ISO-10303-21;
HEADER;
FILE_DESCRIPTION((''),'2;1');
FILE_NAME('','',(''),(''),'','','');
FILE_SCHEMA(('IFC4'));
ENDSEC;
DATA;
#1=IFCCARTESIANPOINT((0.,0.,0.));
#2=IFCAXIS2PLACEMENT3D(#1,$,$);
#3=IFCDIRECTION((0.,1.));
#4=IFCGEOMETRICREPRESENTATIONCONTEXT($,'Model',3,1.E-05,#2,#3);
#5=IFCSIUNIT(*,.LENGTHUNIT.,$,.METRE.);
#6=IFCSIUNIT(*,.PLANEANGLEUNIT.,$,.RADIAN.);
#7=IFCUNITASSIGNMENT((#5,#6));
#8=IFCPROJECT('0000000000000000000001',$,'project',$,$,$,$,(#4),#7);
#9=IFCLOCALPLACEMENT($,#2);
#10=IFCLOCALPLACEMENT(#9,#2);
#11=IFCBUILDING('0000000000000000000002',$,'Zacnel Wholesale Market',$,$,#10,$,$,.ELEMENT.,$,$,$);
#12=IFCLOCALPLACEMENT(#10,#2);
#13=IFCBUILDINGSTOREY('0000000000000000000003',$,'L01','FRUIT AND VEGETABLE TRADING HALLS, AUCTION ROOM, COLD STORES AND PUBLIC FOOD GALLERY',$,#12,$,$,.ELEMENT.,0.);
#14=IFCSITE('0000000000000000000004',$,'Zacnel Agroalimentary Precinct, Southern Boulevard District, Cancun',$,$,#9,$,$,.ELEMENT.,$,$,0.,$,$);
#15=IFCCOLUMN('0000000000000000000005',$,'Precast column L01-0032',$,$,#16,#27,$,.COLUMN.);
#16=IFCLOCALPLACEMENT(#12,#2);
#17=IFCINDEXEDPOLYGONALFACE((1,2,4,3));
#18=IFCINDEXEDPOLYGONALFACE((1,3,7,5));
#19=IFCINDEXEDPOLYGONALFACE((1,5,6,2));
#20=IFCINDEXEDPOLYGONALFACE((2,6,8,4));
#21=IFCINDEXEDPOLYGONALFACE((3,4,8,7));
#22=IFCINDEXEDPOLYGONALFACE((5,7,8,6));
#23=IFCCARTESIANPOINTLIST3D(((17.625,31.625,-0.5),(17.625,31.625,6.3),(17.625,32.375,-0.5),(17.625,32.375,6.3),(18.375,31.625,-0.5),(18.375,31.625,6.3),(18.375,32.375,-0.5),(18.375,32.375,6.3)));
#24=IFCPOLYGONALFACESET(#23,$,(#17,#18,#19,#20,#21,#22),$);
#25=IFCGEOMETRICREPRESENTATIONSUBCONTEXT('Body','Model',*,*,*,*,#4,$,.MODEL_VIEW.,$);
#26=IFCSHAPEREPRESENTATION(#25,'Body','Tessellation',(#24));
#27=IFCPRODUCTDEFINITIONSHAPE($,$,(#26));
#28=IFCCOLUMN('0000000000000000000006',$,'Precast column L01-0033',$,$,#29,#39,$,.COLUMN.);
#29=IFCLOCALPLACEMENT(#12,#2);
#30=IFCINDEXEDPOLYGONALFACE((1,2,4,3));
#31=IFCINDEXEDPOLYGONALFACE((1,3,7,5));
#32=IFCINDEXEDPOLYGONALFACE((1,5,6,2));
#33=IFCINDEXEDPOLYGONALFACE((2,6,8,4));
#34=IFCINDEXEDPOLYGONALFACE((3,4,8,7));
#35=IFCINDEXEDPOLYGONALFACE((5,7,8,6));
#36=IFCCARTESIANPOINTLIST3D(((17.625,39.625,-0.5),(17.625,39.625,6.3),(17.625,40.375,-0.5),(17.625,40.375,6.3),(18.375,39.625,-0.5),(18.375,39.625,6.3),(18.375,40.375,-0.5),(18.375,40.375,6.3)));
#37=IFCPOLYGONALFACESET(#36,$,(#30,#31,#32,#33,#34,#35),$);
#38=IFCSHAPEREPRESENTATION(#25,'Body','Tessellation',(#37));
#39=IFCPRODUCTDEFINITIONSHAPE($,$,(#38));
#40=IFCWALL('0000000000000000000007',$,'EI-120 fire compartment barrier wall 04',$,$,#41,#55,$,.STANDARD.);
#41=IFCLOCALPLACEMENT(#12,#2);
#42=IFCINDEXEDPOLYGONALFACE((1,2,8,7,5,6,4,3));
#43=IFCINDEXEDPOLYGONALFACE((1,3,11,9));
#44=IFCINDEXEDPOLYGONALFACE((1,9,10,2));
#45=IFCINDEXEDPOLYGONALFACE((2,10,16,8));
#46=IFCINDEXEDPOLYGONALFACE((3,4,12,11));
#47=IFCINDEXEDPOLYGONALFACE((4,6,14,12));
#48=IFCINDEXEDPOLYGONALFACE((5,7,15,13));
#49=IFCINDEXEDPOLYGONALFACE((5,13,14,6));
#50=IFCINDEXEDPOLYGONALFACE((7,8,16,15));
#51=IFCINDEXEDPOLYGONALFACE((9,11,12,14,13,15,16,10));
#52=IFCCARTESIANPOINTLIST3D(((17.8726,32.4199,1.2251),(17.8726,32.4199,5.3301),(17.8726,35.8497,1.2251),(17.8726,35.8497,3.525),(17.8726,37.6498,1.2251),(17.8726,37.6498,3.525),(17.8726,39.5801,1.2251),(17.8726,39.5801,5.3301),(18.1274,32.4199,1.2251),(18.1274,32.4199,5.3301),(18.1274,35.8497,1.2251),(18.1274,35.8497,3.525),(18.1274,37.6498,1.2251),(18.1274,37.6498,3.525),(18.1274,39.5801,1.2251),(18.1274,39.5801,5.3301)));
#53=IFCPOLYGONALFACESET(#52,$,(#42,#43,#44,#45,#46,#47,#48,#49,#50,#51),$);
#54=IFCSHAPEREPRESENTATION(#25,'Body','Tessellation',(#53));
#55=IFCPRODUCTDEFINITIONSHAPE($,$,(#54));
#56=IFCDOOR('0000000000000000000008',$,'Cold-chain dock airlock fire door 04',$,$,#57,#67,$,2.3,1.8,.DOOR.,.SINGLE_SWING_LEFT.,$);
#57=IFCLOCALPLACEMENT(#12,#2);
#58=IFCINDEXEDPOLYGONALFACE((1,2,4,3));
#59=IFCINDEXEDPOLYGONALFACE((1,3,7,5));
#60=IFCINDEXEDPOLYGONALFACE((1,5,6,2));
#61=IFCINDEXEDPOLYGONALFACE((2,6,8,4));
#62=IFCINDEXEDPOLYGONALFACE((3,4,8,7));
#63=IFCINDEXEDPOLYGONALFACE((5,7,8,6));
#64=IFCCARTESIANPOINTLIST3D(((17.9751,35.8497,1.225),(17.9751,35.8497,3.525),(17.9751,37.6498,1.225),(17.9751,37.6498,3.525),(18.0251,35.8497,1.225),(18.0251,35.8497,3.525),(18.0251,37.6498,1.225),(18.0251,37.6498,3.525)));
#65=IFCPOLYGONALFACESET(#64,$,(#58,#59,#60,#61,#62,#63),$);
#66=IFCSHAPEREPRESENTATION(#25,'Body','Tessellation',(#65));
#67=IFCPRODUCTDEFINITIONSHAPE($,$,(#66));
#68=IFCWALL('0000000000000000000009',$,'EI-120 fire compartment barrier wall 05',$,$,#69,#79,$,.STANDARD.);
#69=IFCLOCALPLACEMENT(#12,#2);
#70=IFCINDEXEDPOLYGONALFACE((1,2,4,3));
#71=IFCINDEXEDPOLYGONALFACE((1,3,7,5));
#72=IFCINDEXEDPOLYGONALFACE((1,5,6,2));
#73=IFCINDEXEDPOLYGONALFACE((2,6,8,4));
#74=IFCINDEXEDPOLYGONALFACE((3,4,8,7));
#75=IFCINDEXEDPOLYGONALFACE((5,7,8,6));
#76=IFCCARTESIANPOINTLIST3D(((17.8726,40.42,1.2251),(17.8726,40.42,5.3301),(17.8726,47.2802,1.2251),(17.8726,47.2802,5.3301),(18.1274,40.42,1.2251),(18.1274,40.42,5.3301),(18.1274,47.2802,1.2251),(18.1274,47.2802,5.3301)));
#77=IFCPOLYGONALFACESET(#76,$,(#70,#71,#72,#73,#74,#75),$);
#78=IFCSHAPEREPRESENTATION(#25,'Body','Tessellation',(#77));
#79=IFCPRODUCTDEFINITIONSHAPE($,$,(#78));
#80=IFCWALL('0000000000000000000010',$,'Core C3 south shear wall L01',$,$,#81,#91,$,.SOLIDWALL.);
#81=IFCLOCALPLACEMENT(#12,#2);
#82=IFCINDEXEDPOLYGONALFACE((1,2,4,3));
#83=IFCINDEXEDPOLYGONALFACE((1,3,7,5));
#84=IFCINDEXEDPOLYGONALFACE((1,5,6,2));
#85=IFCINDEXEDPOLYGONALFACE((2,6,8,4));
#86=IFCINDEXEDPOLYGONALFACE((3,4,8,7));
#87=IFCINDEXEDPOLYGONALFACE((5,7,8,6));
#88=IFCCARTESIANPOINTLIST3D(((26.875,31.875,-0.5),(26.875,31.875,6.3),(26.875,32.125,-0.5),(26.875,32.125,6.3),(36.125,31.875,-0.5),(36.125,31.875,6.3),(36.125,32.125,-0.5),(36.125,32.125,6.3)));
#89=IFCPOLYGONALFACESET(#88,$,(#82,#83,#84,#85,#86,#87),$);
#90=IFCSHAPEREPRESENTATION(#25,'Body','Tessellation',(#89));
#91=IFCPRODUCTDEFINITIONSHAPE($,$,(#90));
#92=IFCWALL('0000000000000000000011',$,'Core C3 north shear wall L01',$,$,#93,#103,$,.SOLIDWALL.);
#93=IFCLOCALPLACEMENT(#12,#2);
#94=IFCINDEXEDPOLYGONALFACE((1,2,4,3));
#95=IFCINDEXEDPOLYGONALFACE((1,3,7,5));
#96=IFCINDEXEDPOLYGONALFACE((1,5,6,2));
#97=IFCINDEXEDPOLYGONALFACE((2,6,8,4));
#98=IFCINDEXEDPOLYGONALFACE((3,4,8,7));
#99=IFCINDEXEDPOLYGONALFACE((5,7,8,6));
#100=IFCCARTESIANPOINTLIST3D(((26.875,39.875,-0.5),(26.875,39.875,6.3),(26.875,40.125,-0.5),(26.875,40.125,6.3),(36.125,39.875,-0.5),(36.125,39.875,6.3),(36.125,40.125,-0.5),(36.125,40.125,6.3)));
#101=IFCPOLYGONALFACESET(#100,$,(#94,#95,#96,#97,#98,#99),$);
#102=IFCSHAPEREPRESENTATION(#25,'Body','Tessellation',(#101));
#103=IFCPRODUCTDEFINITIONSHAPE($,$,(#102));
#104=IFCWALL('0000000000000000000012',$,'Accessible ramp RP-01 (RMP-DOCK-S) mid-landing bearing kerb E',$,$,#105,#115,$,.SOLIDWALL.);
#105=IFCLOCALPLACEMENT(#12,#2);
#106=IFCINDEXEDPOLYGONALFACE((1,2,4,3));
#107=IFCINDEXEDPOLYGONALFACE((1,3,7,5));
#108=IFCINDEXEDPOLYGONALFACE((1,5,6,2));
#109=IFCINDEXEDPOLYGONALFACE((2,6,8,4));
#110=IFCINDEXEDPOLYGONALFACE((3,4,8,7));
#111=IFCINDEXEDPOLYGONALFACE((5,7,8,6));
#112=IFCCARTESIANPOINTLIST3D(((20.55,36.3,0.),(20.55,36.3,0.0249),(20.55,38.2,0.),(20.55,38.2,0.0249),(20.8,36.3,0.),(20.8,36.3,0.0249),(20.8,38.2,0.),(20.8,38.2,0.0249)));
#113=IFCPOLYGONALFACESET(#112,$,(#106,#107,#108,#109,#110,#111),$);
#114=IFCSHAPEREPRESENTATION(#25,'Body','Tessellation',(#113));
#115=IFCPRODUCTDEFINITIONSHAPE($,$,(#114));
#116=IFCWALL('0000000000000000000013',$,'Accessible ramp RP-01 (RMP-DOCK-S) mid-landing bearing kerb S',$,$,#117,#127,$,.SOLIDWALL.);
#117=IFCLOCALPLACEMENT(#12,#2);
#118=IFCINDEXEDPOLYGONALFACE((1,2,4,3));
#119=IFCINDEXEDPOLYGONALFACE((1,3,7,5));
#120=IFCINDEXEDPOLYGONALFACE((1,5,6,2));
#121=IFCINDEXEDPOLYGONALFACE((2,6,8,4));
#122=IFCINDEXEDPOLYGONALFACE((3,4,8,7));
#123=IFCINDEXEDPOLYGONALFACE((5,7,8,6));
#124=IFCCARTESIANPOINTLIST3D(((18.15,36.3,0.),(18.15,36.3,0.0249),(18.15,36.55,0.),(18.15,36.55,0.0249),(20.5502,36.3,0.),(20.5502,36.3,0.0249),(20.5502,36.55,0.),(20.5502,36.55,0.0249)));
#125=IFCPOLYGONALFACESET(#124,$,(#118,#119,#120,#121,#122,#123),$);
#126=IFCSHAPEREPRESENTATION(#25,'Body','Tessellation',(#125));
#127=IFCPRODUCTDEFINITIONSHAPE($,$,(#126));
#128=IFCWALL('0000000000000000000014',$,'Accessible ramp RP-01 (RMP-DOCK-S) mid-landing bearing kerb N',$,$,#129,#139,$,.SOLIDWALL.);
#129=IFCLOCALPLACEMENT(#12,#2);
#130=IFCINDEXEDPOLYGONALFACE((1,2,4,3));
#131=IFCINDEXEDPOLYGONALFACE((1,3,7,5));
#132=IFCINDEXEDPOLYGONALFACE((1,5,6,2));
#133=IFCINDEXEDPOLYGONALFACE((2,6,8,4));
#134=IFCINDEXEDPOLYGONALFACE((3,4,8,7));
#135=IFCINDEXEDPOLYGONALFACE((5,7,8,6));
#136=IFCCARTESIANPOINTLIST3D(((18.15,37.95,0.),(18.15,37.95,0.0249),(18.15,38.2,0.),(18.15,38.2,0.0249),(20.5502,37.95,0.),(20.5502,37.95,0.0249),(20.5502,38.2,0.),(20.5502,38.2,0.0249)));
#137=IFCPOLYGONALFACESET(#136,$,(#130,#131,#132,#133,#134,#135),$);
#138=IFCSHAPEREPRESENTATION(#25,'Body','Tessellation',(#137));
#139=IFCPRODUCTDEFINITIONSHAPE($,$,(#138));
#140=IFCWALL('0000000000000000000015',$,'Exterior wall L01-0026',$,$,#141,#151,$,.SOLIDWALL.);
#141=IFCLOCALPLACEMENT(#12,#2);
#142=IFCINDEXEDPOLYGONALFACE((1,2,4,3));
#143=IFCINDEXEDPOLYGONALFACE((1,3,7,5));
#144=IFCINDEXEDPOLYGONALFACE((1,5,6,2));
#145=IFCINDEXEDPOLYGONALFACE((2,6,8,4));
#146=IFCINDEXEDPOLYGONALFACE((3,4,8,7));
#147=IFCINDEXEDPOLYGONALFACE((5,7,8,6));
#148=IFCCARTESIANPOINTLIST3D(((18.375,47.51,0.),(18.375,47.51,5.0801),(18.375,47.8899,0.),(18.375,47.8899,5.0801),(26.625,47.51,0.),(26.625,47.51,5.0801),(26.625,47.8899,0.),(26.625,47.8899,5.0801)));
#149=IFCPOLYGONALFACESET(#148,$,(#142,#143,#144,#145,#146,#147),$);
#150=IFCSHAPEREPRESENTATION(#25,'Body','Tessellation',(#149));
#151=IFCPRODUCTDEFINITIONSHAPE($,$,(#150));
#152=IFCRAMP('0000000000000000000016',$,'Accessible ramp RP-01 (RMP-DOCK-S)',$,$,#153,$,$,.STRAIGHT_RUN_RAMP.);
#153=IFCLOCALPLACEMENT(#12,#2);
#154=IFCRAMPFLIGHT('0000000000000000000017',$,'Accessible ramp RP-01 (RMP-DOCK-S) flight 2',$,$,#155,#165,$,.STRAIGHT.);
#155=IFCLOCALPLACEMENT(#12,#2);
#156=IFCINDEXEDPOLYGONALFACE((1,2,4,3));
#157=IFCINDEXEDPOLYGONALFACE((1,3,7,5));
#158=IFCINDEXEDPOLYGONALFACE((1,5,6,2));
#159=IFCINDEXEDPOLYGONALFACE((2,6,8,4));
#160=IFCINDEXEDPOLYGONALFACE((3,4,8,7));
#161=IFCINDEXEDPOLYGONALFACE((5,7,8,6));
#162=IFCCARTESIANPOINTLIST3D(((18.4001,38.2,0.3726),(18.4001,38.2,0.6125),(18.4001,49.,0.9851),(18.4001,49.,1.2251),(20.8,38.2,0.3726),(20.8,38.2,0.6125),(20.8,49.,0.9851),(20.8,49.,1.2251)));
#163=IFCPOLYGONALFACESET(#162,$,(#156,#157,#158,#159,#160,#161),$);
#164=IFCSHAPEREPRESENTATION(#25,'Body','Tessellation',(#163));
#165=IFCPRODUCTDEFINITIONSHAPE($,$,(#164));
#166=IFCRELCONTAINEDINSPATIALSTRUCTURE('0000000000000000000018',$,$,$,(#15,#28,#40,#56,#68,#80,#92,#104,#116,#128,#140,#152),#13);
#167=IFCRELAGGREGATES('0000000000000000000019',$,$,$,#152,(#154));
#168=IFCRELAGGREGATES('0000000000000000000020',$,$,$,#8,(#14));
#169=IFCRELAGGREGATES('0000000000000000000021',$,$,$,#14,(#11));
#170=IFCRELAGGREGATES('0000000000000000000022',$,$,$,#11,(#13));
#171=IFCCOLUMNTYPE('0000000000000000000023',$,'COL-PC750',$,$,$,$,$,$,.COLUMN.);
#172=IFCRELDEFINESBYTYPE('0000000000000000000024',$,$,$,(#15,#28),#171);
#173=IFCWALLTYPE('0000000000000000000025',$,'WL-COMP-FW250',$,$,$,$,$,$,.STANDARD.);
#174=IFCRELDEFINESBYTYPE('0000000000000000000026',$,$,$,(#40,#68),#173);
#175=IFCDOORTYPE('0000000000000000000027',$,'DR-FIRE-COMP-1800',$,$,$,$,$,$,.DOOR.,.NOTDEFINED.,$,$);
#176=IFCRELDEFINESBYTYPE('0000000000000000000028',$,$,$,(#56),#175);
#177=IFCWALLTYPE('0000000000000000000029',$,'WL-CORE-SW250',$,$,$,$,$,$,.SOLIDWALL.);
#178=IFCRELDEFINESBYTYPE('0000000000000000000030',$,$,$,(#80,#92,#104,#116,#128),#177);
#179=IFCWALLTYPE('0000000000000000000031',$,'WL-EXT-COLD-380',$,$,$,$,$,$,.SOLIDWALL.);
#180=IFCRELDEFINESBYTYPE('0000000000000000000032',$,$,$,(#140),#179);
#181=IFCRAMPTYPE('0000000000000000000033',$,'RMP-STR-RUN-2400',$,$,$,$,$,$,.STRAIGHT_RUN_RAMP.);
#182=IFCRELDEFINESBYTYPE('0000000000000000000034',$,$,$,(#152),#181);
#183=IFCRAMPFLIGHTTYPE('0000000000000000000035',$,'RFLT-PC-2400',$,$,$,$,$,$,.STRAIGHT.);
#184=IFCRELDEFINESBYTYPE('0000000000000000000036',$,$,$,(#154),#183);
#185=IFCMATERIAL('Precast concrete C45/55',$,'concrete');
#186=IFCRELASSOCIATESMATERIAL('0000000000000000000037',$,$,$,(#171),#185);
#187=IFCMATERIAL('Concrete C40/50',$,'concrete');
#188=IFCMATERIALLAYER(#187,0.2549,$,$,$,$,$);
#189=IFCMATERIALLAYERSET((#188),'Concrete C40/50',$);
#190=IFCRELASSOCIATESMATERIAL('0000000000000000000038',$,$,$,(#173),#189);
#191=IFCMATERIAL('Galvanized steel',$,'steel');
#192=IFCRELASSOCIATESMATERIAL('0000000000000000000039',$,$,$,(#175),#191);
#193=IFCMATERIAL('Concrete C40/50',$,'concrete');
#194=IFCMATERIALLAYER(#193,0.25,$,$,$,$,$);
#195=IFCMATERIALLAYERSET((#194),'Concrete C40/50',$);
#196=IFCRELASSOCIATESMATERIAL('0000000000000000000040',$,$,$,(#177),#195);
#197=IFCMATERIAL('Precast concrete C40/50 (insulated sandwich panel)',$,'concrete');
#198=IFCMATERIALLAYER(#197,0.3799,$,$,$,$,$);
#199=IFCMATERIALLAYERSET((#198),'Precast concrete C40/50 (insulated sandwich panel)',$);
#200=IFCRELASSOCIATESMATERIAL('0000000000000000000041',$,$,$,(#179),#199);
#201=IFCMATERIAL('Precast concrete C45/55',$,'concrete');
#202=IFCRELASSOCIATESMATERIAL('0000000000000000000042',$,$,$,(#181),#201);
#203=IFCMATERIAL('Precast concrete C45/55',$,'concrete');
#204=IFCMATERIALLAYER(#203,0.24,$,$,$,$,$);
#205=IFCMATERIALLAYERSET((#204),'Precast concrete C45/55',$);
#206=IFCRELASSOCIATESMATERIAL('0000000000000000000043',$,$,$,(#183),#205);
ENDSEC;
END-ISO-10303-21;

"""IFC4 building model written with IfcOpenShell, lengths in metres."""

from ifc_helpers import new_model, si_unit, direction, frame, frame_2d, origin, origin_2d, place, context, subcontext, project, spatial, polyline, rectangle, outline, extrude, material, layer, layer_set, material_profile, profile_set, type_object, element, fill, aggregate, save


model = new_model("IFC4")

# Units and contexts
model_context = context("Model", 3, precision=1e-05, world=origin(), true_north=direction((0.0, 1.0)))
body_context = subcontext(model_context, "Body", "Model", "MODEL_VIEW")
ifc_project = project(units=[si_unit("LENGTHUNIT", "METRE"), si_unit("PLANEANGLEUNIT", "RADIAN")], contexts=[model_context])

# Site, building, storey
site_placement = place(None, origin())
site = spatial("IfcSite", under=ifc_project, at=site_placement, Name="Zacnel Agroalimentary Precinct, Southern Boulevard District, Cancun", CompositionType="ELEMENT", RefElevation=0.0)
building_placement = place(site_placement, origin())
building = spatial("IfcBuilding", under=site, at=building_placement, Name="Zacnel Wholesale Market", CompositionType="ELEMENT")
storey_placement = place(building_placement, origin())
storey = spatial("IfcBuildingStorey", under=building, at=storey_placement, Name="L01", Description="FRUIT AND VEGETABLE TRADING HALLS, AUCTION ROOM, COLD STORES AND PUBLIC FOOD GALLERY", CompositionType="ELEMENT", Elevation=0.0)

# Columns
ifc_material_1 = material(Name="Precast concrete C45/55", Category="concrete")
ifc_material_profile_1 = material_profile(ifc_material_1, rectangle(XDim=0.75, YDim=0.75, at=origin_2d()), Name="PC 750x750")
ifc_profile_set_1 = profile_set([ifc_material_profile_1], Name="Precast concrete C45/55")
column_type_1 = type_object("IfcColumnType", Name="COL-PC750", PredefinedType="COLUMN", material=ifc_profile_set_1)
for number, where, z_axis, x_axis, name in (
    (1, (18.0, 32.0, -0.5), (0.0, 0.0, 1.0), (1.0, 0.0, 0.0), "Precast column L01-0032"),
    (2, (18.0, 40.0, -0.5), (0.0, 0.0, 1.0), (1.0, 0.0, 0.0), "Precast column L01-0033"),
):
    element("IfcColumn", number, at=place(storey_placement, frame(where, z_axis=z_axis, x_axis=x_axis)), inside=storey, type_object=column_type_1, Name=name, PredefinedType="COLUMN", context=body_context, shape_type="SweptSolid", body=[
        extrude(rectangle(XDim=0.75, YDim=0.75, at=origin_2d()), origin(), (0.0, 0.0, 1.0), 6.8),
    ])

# Wall, opening, door
ifc_material_2 = material(Name="Concrete C40/50", Category="concrete")
ifc_layer_1 = layer(ifc_material_2, 0.2549)
ifc_layer_set_1 = layer_set([ifc_layer_1], Name="Concrete C40/50")
wall_type_1 = type_object("IfcWallType", Name="WL-COMP-FW250", PredefinedType="STANDARD", material=ifc_layer_set_1)
wall_1_placement = place(storey_placement, frame((18.0, 32.4199, 1.2251), z_axis=(0.0, 0.0, 1.0), x_axis=(0.0, 1.0, 0.0)))
wall_1 = element("IfcWall", 3, at=wall_1_placement, inside=storey, type_object=wall_type_1, Name="EI-120 fire compartment barrier wall 04", PredefinedType="STANDARD", context=body_context, shape_type="SweptSolid", body=[
    extrude(rectangle(XDim=7.1602, YDim=0.2549, at=frame_2d((3.5801, 0.0))), origin(), (0.0, 0.0, 1.0), 4.105),
])
opening_placement = place(wall_1_placement, frame((3.4299, 0.0, 0.0)))
opening = element("IfcOpeningElement", 4, at=opening_placement, cuts=wall_1, PredefinedType="OPENING", context=body_context, shape_type="SweptSolid", body=[
    extrude(rectangle(XDim=1.8, YDim=2.3, at=frame_2d((0.8999, 1.1499))), frame((0.0, 0.1375, 0.0), z_axis=(0.0, -1.0, 0.0), x_axis=(1.0, 0.0, 0.0)), (0.0, 0.0, 1.0), 0.2749),
])
ifc_material_3 = material(Name="Galvanized steel", Category="steel")
door_type = type_object("IfcDoorType", Name="DR-FIRE-COMP-1800", OperationType="NOTDEFINED", PredefinedType="DOOR", material=ifc_material_3)
door_placement = place(opening_placement, origin())
door = element("IfcDoor", 5, at=door_placement, inside=storey, type_object=door_type, Name="Cold-chain dock airlock fire door 04", OperationType="SINGLE_SWING_LEFT", OverallHeight=2.3, OverallWidth=1.8, PredefinedType="DOOR", context=body_context, shape_type="SweptSolid", body=[
    extrude(rectangle(XDim=1.8, YDim=2.3, at=frame_2d((0.8999, 1.1499))), frame((0.0, 0.0249, 0.0), z_axis=(0.0, -1.0, 0.0), x_axis=(1.0, 0.0, 0.0)), (0.0, 0.0, 1.0), 0.05),
])
fill(opening, door)

# Walls
wall_2_placement = place(storey_placement, frame((18.0, 40.4199, 1.2251), z_axis=(0.0, 0.0, 1.0), x_axis=(0.0, 1.0, 0.0)))
element("IfcWall", 6, at=wall_2_placement, inside=storey, type_object=wall_type_1, Name="EI-120 fire compartment barrier wall 05", PredefinedType="STANDARD", context=body_context, shape_type="SweptSolid", body=[
    extrude(rectangle(XDim=6.8601, YDim=0.2549, at=frame_2d((3.4302, 0.0))), origin(), (0.0, 0.0, 1.0), 4.105),
])
ifc_material_4 = material(Name="Concrete C40/50", Category="concrete")
ifc_layer_2 = layer(ifc_material_4, 0.25)
ifc_layer_set_2 = layer_set([ifc_layer_2], Name="Concrete C40/50")
wall_type_2 = type_object("IfcWallType", Name="WL-CORE-SW250", PredefinedType="SOLIDWALL", material=ifc_layer_set_2)
for number, where, z_axis, x_axis, name in (
    (7, (26.875, 32.0, -0.5), (0.0, 0.0, 1.0), (1.0, 0.0, 0.0), "Core C3 south shear wall L01"),
    (8, (26.875, 40.0, -0.5), (0.0, 0.0, 1.0), (1.0, 0.0, 0.0), "Core C3 north shear wall L01"),
):
    element("IfcWall", number, at=place(storey_placement, frame(where, z_axis=z_axis, x_axis=x_axis)), inside=storey, type_object=wall_type_2, Name=name, PredefinedType="SOLIDWALL", context=body_context, shape_type="SweptSolid", body=[
        extrude(rectangle(XDim=9.25, YDim=0.25, at=frame_2d((4.625, 0.0))), origin(), (0.0, 0.0, 1.0), 6.8),
    ])
wall_3_placement = place(storey_placement, frame((20.675, 36.3, 0.0), z_axis=(0.0, 0.0, 1.0), x_axis=(0.0, 1.0, 0.0)))
element("IfcWall", 9, at=wall_3_placement, inside=storey, type_object=wall_type_2, Name="Accessible ramp RP-01 (RMP-DOCK-S) mid-landing bearing kerb E", PredefinedType="SOLIDWALL", context=body_context, shape_type="SweptSolid", body=[
    extrude(rectangle(XDim=1.8999, YDim=0.25, at=frame_2d((0.95, 0.0))), origin(), (0.0, 0.0, 1.0), 0.0249),
])
for number, where, z_axis, x_axis, name in (
    (10, (18.1499, 36.425, 0.0), (0.0, 0.0, 1.0), (1.0, 0.0, 0.0), "Accessible ramp RP-01 (RMP-DOCK-S) mid-landing bearing kerb S"),
    (11, (18.1499, 38.075, 0.0), (0.0, 0.0, 1.0), (1.0, 0.0, 0.0), "Accessible ramp RP-01 (RMP-DOCK-S) mid-landing bearing kerb N"),
):
    element("IfcWall", number, at=place(storey_placement, frame(where, z_axis=z_axis, x_axis=x_axis)), inside=storey, type_object=wall_type_2, Name=name, PredefinedType="SOLIDWALL", context=body_context, shape_type="SweptSolid", body=[
        extrude(rectangle(XDim=2.4001, YDim=0.25, at=frame_2d((1.2002, 0.0))), origin(), (0.0, 0.0, 1.0), 0.0249),
    ])
ifc_material_5 = material(Name="Precast concrete C40/50 (insulated sandwich panel)", Category="concrete")
ifc_layer_3 = layer(ifc_material_5, 0.3799)
ifc_layer_set_3 = layer_set([ifc_layer_3], Name="Precast concrete C40/50 (insulated sandwich panel)")
wall_type_3 = type_object("IfcWallType", Name="WL-EXT-COLD-380", PredefinedType="SOLIDWALL", material=ifc_layer_set_3)
wall_4_placement = place(storey_placement, frame((18.375, 47.7, 0.0), z_axis=(0.0, 0.0, 1.0), x_axis=(1.0, 0.0, 0.0)))
element("IfcWall", 12, at=wall_4_placement, inside=storey, type_object=wall_type_3, Name="Exterior wall L01-0026", PredefinedType="SOLIDWALL", context=body_context, shape_type="SweptSolid", body=[
    extrude(rectangle(XDim=8.25, YDim=0.3799, at=frame_2d((4.125, 0.0))), origin(), (0.0, 0.0, 1.0), 5.0801),
])

# Ramp, ramp flight
ifc_material_6 = material(Name="Precast concrete C45/55", Category="concrete")
ramp_type = type_object("IfcRampType", Name="RMP-STR-RUN-2400", PredefinedType="STRAIGHT_RUN_RAMP", material=ifc_material_6)
ramp_placement = place(storey_placement, origin())
ramp = element("IfcRamp", 13, at=ramp_placement, inside=storey, type_object=ramp_type, Name="Accessible ramp RP-01 (RMP-DOCK-S)", PredefinedType="STRAIGHT_RUN_RAMP")
ifc_material_7 = material(Name="Precast concrete C45/55", Category="concrete")
ifc_layer_4 = layer(ifc_material_7, 0.24)
ifc_layer_set_4 = layer_set([ifc_layer_4], Name="Precast concrete C45/55")
ramp_flight_type = type_object("IfcRampFlightType", Name="RFLT-PC-2400", PredefinedType="STRAIGHT", material=ifc_layer_set_4)
ramp_flight_placement = place(storey_placement, frame((19.6001, 38.2, 0.6125), z_axis=(0.0, 0.0, 1.0), x_axis=(0.0, 1.0, 0.0)))
ramp_flight = element("IfcRampFlight", 14, at=ramp_flight_placement, type_object=ramp_flight_type, Name="Accessible ramp RP-01 (RMP-DOCK-S) flight 2", PredefinedType="STRAIGHT", context=body_context, shape_type="SweptSolid", body=[
    extrude(outline(polyline([(0.0, 0.0), (10.8, 0.6125), (10.8, 0.3726), (0.0, -0.24), (0.0, 0.0)])), frame((0.0, 1.2, 0.0), z_axis=(0.0, -1.0, 0.0), x_axis=(1.0, 0.0, 0.0)), (0.0, 0.0, 1.0), 2.3999),
])
aggregate(ramp, [ramp_flight])

save(model, "model.ifc")
